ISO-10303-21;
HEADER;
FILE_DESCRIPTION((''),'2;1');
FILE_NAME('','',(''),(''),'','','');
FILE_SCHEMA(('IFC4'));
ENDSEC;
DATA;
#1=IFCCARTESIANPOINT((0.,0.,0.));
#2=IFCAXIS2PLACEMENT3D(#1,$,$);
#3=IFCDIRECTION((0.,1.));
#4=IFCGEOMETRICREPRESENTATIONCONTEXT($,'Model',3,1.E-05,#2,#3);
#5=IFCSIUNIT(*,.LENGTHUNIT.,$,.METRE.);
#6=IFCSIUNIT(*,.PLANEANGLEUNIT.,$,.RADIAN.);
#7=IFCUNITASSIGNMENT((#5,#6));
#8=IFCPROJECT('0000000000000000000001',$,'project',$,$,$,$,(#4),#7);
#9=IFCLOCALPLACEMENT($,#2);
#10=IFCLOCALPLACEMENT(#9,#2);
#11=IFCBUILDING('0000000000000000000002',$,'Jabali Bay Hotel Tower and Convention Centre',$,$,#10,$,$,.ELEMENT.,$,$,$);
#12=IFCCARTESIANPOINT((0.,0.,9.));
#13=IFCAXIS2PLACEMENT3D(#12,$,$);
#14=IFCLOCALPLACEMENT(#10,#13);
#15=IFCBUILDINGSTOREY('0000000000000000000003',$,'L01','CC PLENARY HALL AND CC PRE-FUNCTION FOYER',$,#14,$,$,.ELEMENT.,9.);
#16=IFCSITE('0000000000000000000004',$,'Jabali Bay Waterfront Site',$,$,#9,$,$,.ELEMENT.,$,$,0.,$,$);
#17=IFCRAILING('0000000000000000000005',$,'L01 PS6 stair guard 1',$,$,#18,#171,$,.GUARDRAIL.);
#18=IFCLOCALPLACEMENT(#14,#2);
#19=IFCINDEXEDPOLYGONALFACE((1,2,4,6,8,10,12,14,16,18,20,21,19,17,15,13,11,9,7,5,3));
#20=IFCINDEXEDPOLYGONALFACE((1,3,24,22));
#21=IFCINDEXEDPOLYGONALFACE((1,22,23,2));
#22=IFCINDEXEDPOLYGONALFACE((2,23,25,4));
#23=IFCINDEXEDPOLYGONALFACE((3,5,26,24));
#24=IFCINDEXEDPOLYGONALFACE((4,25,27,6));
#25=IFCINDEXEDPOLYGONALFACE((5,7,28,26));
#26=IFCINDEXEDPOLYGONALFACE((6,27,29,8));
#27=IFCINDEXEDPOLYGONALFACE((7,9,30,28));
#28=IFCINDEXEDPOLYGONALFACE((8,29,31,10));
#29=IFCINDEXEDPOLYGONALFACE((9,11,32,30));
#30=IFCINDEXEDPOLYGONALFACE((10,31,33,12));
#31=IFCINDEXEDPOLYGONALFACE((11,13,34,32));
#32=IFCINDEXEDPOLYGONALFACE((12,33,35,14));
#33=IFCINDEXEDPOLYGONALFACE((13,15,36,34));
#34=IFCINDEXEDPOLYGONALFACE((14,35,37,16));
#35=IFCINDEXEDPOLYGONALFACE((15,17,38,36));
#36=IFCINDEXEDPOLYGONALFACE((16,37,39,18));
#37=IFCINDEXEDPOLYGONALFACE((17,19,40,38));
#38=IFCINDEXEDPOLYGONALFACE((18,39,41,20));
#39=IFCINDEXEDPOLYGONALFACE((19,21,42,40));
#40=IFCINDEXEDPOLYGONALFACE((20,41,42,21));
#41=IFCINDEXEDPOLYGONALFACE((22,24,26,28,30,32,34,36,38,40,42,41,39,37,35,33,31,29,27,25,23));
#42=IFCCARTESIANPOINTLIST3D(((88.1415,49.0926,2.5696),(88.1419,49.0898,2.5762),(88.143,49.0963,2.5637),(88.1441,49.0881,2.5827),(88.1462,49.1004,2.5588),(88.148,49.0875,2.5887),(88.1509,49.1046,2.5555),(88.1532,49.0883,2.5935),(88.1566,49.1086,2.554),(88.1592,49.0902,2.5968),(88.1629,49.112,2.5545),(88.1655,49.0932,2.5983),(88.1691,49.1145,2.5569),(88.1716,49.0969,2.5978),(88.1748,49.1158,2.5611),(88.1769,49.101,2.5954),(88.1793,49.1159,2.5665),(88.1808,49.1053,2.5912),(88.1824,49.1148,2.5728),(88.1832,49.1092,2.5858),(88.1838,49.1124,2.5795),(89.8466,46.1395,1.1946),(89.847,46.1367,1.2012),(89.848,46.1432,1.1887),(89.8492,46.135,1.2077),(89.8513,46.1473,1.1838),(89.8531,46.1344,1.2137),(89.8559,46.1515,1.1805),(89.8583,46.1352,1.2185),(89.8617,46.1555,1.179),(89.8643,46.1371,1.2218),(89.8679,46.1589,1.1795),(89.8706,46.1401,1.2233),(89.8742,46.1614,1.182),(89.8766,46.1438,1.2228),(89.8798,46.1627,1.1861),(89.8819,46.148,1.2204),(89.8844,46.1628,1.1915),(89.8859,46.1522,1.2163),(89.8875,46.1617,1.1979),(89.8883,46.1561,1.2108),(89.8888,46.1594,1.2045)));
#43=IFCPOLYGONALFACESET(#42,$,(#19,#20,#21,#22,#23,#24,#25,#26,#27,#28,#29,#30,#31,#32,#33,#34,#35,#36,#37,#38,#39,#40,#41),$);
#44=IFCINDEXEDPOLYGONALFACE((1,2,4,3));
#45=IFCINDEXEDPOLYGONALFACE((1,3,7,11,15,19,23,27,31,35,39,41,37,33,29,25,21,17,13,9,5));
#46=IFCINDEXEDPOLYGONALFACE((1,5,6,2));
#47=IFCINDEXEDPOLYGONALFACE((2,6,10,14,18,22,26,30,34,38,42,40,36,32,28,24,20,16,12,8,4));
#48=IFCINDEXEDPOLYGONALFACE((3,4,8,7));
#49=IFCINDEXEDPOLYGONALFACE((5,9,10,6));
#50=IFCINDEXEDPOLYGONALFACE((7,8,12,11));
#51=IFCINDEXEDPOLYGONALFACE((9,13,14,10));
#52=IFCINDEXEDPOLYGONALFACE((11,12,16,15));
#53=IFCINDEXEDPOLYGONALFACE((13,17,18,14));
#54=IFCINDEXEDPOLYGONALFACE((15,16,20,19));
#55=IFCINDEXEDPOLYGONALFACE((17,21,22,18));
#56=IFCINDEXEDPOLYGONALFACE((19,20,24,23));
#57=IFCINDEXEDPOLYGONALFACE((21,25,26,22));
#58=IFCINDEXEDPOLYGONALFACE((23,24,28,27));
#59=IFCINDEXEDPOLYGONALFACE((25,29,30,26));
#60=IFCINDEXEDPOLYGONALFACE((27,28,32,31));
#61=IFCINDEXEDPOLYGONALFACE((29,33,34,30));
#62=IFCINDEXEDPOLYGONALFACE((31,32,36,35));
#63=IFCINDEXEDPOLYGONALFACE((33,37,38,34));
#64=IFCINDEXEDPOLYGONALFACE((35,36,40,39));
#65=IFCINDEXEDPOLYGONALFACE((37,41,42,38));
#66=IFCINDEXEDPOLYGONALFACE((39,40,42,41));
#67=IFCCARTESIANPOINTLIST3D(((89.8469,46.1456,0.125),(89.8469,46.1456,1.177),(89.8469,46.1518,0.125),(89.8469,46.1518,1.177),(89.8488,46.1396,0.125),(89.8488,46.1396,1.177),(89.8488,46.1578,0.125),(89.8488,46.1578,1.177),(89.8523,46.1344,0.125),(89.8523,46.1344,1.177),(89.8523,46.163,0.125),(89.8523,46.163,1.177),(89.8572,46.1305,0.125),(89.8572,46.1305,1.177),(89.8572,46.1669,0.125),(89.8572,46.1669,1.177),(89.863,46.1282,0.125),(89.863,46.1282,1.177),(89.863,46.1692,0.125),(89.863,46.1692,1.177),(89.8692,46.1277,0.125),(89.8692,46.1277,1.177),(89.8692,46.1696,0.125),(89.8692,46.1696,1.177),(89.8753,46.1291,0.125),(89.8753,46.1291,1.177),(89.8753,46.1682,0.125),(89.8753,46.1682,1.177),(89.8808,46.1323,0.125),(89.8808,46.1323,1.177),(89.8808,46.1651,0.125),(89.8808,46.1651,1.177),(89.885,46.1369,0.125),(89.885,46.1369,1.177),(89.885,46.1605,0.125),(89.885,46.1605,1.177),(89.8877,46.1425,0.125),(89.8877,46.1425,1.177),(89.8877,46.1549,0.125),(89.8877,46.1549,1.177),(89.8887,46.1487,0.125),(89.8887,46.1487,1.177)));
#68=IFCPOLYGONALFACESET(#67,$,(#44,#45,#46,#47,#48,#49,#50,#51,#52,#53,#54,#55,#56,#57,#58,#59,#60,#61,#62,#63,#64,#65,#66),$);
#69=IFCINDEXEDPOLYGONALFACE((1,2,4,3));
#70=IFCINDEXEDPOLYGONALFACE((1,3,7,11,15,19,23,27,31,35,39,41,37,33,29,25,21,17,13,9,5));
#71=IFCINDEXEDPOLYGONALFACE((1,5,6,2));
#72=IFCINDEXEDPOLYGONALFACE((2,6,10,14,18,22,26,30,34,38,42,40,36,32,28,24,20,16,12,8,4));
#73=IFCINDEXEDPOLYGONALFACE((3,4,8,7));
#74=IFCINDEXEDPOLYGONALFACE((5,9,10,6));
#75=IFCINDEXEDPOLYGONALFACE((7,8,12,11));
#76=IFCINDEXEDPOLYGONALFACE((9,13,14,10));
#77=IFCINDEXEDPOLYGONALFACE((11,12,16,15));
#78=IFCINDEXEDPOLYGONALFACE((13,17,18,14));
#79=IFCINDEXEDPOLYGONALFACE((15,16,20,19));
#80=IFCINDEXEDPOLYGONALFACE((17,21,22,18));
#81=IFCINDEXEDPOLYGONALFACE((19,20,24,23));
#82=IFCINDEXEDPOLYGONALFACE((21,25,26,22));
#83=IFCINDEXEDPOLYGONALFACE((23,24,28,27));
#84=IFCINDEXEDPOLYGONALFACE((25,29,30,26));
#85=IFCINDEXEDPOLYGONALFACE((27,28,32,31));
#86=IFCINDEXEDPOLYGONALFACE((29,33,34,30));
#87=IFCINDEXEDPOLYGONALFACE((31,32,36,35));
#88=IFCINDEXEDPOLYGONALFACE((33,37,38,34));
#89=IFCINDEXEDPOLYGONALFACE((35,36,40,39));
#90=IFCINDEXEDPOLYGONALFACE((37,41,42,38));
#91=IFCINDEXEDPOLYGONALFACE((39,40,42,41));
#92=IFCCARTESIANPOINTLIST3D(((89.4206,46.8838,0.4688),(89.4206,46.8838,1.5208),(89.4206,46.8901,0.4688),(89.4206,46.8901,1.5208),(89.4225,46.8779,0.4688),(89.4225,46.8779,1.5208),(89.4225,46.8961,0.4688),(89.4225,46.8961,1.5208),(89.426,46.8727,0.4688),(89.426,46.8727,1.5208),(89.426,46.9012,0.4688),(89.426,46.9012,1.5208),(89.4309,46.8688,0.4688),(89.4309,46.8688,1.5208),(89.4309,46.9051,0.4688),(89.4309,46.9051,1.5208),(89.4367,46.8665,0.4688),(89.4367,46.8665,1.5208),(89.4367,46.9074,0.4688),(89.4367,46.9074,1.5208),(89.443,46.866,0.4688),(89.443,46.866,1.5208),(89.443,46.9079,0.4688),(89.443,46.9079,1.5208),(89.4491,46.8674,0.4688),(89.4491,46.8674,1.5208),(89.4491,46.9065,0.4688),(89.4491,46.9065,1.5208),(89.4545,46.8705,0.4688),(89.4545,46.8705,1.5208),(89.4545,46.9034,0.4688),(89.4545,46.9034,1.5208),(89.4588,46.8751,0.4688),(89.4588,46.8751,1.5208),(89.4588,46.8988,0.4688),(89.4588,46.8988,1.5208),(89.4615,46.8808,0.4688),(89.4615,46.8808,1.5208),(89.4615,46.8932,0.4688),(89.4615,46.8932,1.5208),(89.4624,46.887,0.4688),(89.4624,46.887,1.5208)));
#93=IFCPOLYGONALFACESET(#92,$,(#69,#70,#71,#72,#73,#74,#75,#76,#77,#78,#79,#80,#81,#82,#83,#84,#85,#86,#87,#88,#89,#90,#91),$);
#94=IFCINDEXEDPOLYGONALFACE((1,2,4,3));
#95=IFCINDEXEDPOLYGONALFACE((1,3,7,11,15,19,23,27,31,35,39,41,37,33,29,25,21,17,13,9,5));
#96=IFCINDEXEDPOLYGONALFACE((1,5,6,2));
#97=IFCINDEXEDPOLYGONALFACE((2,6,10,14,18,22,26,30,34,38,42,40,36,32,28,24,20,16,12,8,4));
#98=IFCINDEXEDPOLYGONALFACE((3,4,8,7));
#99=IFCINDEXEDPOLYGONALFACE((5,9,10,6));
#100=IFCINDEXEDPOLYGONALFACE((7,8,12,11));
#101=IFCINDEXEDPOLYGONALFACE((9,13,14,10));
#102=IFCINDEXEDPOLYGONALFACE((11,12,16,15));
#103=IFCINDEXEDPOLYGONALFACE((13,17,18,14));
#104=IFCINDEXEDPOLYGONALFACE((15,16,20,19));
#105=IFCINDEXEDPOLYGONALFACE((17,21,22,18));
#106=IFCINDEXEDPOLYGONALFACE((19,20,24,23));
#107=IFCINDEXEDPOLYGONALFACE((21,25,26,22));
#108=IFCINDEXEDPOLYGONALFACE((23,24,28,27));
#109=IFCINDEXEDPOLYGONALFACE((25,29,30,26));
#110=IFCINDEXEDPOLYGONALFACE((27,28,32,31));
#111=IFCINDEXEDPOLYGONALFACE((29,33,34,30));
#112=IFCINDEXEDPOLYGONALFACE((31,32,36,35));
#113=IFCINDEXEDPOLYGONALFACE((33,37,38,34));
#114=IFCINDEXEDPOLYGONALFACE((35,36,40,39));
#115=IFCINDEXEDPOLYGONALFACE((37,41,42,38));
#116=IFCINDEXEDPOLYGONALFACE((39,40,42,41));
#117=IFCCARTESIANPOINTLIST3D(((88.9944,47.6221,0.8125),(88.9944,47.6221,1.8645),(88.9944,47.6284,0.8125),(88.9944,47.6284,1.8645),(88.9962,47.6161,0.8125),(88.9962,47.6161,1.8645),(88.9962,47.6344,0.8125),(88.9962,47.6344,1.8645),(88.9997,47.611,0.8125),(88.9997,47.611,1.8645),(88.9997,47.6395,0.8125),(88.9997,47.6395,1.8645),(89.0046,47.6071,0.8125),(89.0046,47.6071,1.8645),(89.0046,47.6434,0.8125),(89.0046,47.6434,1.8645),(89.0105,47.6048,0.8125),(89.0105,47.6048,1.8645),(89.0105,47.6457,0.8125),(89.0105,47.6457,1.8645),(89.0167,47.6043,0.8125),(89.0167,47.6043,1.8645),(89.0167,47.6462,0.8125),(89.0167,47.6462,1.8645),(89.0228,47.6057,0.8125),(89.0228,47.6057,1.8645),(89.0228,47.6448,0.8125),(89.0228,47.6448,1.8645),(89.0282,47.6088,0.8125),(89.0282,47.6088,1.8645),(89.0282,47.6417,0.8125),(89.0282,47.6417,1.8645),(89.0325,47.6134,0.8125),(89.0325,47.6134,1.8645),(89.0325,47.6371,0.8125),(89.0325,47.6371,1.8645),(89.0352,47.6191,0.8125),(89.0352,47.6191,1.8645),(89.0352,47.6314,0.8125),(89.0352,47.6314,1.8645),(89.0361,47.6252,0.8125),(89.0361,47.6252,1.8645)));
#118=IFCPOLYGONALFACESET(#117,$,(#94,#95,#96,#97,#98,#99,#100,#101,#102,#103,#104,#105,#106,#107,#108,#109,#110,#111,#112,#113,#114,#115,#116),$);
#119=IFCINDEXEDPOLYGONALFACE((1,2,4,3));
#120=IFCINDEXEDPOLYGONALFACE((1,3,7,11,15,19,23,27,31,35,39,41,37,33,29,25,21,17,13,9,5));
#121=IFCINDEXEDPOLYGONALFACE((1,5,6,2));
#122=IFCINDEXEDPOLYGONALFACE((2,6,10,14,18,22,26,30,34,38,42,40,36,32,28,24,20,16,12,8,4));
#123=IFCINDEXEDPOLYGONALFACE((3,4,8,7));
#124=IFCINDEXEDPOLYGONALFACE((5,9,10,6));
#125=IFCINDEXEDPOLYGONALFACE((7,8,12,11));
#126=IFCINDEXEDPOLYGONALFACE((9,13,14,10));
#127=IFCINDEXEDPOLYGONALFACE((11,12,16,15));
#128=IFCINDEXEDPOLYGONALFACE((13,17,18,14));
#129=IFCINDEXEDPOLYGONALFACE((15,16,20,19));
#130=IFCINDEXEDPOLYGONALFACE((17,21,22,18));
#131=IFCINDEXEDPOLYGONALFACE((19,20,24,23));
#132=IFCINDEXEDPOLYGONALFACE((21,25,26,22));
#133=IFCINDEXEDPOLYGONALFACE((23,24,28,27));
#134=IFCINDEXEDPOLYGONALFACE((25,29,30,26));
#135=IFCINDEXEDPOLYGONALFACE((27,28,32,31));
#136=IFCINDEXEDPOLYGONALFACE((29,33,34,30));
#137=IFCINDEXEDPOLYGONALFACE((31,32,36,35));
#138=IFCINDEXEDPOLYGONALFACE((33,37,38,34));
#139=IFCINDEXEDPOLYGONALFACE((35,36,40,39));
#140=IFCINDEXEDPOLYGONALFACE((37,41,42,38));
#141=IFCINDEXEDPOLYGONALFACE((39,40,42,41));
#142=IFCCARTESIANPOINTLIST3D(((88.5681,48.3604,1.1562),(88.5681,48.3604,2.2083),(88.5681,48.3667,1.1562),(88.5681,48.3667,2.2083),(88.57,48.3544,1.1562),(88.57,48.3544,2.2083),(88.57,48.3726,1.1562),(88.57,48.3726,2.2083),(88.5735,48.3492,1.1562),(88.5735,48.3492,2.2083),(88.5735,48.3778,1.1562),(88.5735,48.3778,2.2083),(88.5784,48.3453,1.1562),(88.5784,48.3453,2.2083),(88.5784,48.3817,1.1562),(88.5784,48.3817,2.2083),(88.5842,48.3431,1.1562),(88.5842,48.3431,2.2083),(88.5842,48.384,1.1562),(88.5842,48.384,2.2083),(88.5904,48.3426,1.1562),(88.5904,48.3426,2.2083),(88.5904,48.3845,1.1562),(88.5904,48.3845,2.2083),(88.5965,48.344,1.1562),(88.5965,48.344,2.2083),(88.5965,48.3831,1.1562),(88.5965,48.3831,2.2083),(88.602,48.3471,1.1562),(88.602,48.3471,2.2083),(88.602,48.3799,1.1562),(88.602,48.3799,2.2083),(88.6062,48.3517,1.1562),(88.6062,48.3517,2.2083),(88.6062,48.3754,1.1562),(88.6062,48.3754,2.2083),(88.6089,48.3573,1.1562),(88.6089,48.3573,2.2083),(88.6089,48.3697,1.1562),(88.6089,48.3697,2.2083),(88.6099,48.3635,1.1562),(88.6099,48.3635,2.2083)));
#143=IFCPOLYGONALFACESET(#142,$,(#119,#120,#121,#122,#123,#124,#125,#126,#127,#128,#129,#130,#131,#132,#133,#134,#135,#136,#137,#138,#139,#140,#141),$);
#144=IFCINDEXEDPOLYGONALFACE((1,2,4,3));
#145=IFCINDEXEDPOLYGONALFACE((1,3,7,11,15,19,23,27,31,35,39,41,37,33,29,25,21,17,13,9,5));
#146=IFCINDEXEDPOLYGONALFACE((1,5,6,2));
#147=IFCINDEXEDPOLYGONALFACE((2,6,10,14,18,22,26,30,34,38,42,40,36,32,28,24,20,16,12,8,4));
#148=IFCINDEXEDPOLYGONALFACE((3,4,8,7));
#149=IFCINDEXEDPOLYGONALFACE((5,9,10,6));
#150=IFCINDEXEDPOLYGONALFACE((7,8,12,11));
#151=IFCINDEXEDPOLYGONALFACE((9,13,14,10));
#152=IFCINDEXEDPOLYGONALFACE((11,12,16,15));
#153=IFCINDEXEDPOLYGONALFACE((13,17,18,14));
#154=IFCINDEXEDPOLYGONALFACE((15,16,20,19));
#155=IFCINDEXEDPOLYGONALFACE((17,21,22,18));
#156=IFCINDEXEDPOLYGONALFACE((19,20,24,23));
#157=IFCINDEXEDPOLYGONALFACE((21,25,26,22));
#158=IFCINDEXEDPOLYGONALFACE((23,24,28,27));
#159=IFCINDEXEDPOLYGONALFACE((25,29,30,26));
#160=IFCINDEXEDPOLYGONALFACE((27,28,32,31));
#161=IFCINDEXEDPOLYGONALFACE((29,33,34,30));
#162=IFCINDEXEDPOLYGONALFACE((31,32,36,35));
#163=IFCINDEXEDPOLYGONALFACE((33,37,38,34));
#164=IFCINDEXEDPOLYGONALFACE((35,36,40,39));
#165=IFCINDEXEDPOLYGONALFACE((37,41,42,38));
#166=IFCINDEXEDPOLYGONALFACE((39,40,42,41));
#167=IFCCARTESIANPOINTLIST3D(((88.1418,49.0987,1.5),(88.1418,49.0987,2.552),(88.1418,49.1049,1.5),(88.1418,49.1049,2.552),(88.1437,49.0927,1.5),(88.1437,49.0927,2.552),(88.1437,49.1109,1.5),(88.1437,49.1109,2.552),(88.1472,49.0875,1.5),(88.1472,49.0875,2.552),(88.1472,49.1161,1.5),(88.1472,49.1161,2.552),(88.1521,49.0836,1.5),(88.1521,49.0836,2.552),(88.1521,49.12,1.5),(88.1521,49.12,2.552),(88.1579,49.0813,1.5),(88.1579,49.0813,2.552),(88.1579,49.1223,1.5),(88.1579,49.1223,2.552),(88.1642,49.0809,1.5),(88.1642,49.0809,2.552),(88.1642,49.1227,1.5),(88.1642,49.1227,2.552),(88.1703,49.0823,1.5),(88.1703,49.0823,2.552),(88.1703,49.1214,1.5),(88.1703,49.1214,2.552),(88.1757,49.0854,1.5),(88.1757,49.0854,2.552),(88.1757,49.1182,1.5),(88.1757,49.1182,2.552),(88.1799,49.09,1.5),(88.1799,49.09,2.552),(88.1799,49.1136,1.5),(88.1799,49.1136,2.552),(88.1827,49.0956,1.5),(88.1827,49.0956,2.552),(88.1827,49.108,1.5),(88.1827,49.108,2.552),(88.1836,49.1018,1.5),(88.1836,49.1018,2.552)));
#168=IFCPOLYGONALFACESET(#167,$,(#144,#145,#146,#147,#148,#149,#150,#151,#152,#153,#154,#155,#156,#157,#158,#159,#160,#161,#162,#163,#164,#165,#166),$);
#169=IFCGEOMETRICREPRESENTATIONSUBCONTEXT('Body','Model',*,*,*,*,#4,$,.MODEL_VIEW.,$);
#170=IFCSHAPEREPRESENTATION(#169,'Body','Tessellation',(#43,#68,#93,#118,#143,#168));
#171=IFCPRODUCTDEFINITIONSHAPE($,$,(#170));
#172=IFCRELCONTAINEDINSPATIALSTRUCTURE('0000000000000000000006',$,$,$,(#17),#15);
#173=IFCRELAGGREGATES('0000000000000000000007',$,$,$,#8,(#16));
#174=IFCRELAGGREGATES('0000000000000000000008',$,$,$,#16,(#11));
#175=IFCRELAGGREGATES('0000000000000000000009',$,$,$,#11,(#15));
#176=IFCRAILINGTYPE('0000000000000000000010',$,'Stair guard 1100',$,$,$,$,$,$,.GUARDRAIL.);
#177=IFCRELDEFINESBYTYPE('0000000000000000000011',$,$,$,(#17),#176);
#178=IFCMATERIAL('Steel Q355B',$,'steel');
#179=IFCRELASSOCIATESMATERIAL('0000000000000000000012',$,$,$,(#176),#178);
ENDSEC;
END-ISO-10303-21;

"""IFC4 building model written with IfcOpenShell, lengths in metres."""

from ifc_helpers import new_model, si_unit, direction, frame, origin, origin_2d, place, context, subcontext, project, spatial, circle, extrude, material, type_object, element, save


model = new_model("IFC4")

# Units and contexts
model_context = context("Model", 3, precision=1e-05, world=origin(), true_north=direction((0.0, 1.0)))
body_context = subcontext(model_context, "Body", "Model", "MODEL_VIEW")
ifc_project = project(units=[si_unit("LENGTHUNIT", "METRE"), si_unit("PLANEANGLEUNIT", "RADIAN")], contexts=[model_context])

# Site, building, storey
site_placement = place(None, origin())
site = spatial("IfcSite", under=ifc_project, at=site_placement, Name="Jabali Bay Waterfront Site", CompositionType="ELEMENT", RefElevation=0.0)
building_placement = place(site_placement, origin())
building = spatial("IfcBuilding", under=site, at=building_placement, Name="Jabali Bay Hotel Tower and Convention Centre", CompositionType="ELEMENT")
storey_placement = place(building_placement, frame((0.0, 0.0, 9.0)))
storey = spatial("IfcBuildingStorey", under=building, at=storey_placement, Name="L01", Description="CC PLENARY HALL AND CC PRE-FUNCTION FOYER", CompositionType="ELEMENT", Elevation=9.0)

# Railing
ifc_material_1 = material(Name="Steel Q355B", Category="steel")
railing_type_1 = type_object("IfcRailingType", Name="Stair guard 1100", PredefinedType="GUARDRAIL", material=ifc_material_1)
railing_1_placement = place(storey_placement, frame((89.8677, 46.1487, 0.125)))
element("IfcRailing", 1, at=railing_1_placement, inside=storey, type_object=railing_type_1, Name="L01 PS6 stair guard 1", PredefinedType="GUARDRAIL", context=body_context, shape_type="SweptSolid", body=[
    extrude(circle(Radius=0.0239, at=origin_2d()), frame((0.0, 0.0, 1.0762), z_axis=(-0.46374, 0.803178, 0.373966), x_axis=(-0.866014, -0.50002, 0.0)), (0.0, 0.0, 1.0), 3.6768),
    extrude(circle(Radius=0.021, at=origin_2d()), origin(), (0.0, 0.0, 1.0), 1.052),
    extrude(circle(Radius=0.021, at=origin_2d()), frame((-0.4263, 0.7383, 0.3438)), (0.0, 0.0, 1.0), 1.052),
    extrude(circle(Radius=0.021, at=origin_2d()), frame((-0.8525, 1.4766, 0.6875)), (0.0, 0.0, 1.0), 1.052),
    extrude(circle(Radius=0.021, at=origin_2d()), frame((-1.2788, 2.2148, 1.0312)), (0.0, 0.0, 1.0), 1.052),
    extrude(circle(Radius=0.021, at=origin_2d()), frame((-1.7051, 2.9531, 1.375)), (0.0, 0.0, 1.0), 1.052),
])

save(model, "model.ifc")
